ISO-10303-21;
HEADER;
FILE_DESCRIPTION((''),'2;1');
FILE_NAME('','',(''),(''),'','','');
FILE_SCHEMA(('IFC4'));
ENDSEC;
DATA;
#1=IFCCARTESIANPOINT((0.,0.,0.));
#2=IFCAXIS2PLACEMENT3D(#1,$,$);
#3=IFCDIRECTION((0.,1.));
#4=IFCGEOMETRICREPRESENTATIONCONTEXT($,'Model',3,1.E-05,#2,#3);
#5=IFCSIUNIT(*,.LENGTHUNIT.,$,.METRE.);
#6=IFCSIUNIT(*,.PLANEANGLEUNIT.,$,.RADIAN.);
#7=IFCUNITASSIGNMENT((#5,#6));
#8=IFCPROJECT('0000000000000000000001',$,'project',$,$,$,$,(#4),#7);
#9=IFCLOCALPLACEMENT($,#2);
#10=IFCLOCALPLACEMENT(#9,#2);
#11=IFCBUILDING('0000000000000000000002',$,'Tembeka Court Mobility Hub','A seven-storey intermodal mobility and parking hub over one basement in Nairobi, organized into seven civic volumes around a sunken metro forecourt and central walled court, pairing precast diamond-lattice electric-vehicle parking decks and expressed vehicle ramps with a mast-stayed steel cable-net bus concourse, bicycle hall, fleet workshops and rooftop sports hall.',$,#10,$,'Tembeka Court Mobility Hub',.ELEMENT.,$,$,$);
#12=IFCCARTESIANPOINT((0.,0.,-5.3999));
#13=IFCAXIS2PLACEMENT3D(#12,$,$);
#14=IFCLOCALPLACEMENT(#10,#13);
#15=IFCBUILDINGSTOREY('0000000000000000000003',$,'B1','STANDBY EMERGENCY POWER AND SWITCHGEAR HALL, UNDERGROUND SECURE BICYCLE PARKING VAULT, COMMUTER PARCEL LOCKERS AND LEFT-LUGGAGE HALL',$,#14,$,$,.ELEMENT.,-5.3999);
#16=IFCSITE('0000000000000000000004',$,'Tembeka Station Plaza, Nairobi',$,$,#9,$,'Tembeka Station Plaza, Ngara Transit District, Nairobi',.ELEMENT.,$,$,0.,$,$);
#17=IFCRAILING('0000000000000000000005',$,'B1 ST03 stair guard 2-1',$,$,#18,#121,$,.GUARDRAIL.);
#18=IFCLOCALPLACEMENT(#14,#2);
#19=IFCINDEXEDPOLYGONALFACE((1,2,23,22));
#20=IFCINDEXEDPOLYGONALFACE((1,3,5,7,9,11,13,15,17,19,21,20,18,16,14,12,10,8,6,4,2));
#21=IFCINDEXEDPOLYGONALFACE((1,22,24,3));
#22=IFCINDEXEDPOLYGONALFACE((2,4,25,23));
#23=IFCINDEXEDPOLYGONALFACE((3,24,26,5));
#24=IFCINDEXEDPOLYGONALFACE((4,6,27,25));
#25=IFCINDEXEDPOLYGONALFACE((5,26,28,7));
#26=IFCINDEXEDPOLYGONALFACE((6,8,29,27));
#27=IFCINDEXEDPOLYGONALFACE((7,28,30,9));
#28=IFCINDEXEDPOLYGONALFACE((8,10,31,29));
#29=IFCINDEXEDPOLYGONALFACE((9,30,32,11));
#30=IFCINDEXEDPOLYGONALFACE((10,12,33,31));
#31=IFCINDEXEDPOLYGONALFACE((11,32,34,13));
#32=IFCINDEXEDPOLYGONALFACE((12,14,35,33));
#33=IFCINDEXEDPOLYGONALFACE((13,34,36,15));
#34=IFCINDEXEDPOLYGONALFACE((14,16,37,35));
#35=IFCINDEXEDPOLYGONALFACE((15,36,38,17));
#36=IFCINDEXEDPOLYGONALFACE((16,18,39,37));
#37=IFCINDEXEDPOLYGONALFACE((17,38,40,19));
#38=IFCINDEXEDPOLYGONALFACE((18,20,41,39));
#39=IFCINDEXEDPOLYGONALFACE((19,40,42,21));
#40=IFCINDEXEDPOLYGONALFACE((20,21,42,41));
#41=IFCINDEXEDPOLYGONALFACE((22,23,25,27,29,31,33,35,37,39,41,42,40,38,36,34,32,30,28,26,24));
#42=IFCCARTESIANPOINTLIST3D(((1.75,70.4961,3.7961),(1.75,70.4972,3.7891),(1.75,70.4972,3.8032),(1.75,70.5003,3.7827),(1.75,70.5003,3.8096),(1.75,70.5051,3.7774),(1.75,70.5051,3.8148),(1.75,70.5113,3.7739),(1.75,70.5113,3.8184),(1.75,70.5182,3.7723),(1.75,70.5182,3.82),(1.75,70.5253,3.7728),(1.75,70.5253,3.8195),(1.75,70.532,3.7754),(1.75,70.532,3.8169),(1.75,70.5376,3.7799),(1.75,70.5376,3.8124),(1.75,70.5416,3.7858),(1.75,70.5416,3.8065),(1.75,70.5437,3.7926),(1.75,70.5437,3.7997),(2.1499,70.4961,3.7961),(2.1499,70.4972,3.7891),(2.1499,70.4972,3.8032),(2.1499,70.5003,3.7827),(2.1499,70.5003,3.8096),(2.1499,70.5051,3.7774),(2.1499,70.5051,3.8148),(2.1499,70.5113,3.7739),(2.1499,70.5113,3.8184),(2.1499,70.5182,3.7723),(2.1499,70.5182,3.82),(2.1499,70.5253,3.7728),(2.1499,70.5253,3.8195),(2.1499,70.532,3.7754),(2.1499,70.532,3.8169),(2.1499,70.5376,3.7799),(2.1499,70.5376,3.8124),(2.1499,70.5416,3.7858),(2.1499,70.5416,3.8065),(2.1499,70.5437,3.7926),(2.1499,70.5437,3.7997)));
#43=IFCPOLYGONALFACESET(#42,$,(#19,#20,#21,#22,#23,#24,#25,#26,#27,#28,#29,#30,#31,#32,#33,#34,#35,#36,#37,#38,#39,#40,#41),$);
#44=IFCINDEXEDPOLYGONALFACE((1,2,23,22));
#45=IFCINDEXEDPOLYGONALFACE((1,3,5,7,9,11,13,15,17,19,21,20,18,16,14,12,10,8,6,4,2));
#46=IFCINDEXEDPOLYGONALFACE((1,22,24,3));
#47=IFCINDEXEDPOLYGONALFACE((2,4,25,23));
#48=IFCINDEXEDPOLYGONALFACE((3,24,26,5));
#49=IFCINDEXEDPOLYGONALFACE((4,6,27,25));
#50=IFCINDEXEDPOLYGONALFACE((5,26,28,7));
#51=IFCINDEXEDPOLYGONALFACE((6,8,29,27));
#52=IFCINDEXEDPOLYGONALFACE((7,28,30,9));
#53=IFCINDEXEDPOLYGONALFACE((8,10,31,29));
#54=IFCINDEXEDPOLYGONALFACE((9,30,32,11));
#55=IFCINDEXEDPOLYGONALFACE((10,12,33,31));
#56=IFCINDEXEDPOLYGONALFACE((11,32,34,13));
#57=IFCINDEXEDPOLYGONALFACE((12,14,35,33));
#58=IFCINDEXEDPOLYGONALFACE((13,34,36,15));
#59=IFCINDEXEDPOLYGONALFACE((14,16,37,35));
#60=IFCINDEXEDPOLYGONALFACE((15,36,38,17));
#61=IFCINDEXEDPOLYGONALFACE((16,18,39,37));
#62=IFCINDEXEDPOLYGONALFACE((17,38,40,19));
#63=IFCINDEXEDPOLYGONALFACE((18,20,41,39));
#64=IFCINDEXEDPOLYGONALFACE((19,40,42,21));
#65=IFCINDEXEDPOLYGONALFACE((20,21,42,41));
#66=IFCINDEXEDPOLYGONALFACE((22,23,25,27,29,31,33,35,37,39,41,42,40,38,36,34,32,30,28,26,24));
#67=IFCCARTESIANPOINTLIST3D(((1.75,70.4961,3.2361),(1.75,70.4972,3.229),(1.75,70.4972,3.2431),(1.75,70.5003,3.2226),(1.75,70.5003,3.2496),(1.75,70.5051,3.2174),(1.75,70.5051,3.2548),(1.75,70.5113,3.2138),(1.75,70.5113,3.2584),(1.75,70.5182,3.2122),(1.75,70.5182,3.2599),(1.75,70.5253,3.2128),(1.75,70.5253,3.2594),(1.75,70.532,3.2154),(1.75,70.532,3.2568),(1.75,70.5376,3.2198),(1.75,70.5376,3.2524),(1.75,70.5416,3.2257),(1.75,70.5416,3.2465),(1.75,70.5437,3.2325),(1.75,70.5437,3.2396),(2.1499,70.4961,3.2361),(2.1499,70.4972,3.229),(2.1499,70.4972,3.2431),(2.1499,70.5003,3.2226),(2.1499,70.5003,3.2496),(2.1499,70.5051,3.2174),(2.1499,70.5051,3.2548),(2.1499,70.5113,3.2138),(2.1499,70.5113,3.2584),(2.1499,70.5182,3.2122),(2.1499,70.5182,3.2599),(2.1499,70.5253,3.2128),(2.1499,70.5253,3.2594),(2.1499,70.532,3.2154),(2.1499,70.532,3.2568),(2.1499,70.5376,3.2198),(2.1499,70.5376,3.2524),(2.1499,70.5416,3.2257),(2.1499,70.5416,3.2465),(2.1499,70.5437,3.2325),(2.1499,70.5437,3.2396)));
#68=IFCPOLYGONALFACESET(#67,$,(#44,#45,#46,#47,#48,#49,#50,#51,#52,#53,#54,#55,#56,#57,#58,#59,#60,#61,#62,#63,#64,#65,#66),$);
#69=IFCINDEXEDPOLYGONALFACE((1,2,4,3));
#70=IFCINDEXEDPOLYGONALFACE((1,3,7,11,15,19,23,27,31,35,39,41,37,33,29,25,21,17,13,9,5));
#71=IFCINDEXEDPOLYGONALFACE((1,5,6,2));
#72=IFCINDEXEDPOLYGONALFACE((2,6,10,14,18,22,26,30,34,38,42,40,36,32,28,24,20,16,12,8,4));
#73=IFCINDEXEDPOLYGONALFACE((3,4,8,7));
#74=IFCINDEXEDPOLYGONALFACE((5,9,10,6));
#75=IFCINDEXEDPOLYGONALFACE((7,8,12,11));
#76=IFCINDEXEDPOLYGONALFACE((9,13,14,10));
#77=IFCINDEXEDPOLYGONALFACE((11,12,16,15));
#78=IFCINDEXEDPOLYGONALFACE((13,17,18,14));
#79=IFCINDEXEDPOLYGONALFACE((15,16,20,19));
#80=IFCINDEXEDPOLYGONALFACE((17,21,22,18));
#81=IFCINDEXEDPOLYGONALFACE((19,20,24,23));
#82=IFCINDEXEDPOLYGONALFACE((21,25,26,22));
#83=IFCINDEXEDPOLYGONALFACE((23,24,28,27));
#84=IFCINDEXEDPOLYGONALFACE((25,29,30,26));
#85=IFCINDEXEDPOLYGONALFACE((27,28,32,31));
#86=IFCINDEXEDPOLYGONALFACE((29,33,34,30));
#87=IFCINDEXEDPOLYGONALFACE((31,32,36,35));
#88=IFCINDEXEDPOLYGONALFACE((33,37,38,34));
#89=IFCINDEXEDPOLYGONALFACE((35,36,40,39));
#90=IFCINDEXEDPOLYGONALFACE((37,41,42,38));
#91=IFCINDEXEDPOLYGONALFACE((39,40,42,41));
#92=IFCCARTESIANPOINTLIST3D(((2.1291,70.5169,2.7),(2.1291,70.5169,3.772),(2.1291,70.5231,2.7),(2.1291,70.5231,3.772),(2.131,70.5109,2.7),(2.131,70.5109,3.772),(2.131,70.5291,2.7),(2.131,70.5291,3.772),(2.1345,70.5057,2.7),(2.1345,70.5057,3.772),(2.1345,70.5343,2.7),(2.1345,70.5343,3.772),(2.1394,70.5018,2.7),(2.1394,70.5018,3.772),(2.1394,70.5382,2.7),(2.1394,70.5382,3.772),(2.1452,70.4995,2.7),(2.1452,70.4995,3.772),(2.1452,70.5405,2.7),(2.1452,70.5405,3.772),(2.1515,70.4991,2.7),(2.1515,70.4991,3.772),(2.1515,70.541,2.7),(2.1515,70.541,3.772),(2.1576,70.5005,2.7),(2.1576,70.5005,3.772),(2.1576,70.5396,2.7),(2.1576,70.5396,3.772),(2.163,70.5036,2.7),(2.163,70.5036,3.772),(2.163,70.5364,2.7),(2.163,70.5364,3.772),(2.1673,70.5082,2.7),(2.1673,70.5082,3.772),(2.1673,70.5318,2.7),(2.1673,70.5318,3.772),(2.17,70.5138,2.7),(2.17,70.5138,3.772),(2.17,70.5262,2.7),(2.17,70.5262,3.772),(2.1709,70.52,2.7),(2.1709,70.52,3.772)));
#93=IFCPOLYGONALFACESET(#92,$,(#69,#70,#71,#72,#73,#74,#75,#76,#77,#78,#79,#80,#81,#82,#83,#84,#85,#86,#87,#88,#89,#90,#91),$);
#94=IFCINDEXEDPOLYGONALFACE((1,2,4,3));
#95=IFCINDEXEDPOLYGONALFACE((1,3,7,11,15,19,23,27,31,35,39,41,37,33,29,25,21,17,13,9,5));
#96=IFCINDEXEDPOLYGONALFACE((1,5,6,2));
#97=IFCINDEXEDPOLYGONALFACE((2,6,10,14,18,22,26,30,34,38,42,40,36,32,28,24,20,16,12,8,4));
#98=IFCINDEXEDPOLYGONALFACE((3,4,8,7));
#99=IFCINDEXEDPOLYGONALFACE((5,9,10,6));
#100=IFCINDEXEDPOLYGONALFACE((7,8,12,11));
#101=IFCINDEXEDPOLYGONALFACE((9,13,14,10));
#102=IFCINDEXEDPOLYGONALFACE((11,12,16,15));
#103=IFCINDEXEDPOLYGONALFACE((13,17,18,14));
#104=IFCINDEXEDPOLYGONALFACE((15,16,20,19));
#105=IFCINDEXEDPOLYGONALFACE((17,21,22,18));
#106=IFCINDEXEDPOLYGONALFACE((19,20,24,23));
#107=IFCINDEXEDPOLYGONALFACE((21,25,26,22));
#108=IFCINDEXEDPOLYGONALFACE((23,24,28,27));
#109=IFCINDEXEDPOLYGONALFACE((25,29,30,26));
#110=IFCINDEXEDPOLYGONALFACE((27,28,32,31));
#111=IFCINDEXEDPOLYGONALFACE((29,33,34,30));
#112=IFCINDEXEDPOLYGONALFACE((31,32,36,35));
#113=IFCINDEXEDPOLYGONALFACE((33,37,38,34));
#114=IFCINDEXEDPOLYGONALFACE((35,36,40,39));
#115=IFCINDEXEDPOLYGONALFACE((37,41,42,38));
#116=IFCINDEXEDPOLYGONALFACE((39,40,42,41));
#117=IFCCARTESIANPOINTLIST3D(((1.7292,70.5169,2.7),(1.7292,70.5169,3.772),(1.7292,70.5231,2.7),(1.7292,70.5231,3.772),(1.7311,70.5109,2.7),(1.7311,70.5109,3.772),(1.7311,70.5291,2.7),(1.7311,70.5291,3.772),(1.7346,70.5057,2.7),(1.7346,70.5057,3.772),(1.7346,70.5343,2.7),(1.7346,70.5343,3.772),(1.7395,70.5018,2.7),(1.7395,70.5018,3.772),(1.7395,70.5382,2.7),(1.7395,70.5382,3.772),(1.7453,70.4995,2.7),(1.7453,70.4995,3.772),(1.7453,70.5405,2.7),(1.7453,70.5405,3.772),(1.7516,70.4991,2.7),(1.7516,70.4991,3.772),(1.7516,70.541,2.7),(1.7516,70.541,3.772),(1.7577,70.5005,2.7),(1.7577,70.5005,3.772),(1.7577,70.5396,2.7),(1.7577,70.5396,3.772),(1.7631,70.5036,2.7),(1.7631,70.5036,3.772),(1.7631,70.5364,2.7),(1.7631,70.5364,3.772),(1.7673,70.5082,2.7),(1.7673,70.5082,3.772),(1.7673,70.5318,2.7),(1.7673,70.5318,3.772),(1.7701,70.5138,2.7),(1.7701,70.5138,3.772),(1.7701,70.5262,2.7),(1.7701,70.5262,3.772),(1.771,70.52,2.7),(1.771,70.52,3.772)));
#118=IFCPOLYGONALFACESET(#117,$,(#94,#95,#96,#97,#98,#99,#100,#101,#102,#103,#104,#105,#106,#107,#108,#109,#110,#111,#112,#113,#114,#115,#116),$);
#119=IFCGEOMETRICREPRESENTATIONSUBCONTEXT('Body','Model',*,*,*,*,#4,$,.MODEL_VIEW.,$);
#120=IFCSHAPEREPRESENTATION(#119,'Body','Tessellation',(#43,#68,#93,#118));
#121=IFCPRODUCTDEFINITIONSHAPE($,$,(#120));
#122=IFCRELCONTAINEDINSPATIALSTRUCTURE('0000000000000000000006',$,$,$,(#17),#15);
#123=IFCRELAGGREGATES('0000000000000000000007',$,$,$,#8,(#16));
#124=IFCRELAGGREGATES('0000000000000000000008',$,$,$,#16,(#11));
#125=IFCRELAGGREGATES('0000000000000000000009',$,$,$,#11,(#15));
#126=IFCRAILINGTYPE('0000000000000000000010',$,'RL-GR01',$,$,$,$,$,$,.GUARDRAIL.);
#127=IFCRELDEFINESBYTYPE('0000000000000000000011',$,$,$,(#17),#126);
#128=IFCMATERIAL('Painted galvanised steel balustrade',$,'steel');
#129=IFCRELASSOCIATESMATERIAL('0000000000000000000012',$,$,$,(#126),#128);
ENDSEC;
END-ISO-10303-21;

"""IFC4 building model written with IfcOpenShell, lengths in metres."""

from ifc_helpers import new_model, si_unit, direction, frame, origin, origin_2d, place, context, subcontext, project, spatial, circle, extrude, material, type_object, element, save


model = new_model("IFC4")

# Units and contexts
model_context = context("Model", 3, precision=1e-05, world=origin(), true_north=direction((0.0, 1.0)))
body_context = subcontext(model_context, "Body", "Model", "MODEL_VIEW")
ifc_project = project(units=[si_unit("LENGTHUNIT", "METRE"), si_unit("PLANEANGLEUNIT", "RADIAN")], contexts=[model_context])

# Site, building, storey
site_placement = place(None, origin())
site = spatial("IfcSite", under=ifc_project, at=site_placement, Name="Tembeka Station Plaza, Nairobi", LongName="Tembeka Station Plaza, Ngara Transit District, Nairobi", CompositionType="ELEMENT", RefElevation=0.0)
building_placement = place(site_placement, origin())
building = spatial("IfcBuilding", under=site, at=building_placement, Name="Tembeka Court Mobility Hub", Description="A seven-storey intermodal mobility and parking hub over one basement in Nairobi, organized into seven civic volumes around a sunken metro forecourt and central walled court, pairing precast diamond-lattice electric-vehicle parking decks and expressed vehicle ramps with a mast-stayed steel cable-net bus concourse, bicycle hall, fleet workshops and rooftop sports hall.", LongName="Tembeka Court Mobility Hub", CompositionType="ELEMENT")
storey_placement = place(building_placement, frame((0.0, 0.0, -5.3999)))
storey = spatial("IfcBuildingStorey", under=building, at=storey_placement, Name="B1", Description="STANDBY EMERGENCY POWER AND SWITCHGEAR HALL, UNDERGROUND SECURE BICYCLE PARKING VAULT, COMMUTER PARCEL LOCKERS AND LEFT-LUGGAGE HALL", CompositionType="ELEMENT", Elevation=-5.3999)

# Railing
ifc_material_1 = material(Name="Painted galvanised steel balustrade", Category="steel")
railing_type_1 = type_object("IfcRailingType", Name="RL-GR01", PredefinedType="GUARDRAIL", material=ifc_material_1)
railing_1_placement = place(storey_placement, frame((2.1499, 70.52, 2.7)))
element("IfcRailing", 1, at=railing_1_placement, inside=storey, type_object=railing_type_1, Name="B1 ST03 stair guard 2-1", PredefinedType="GUARDRAIL", context=body_context, shape_type="SweptSolid", body=[
    extrude(circle(Radius=0.0239, at=origin_2d()), frame((0.0, 0.0, 1.0962), z_axis=(-1.0, 0.0, 0.0), x_axis=(0.0, -1.0, 0.0)), (0.0, 0.0, 1.0), 0.3999),
    extrude(circle(Radius=0.0239, at=origin_2d()), frame((0.0, 0.0, 0.5361), z_axis=(-1.0, 0.0, 0.0), x_axis=(0.0, -1.0, 0.0)), (0.0, 0.0, 1.0), 0.3999),
    extrude(circle(Radius=0.021, at=origin_2d()), origin(), (0.0, 0.0, 1.0), 1.072),
    extrude(circle(Radius=0.021, at=origin_2d()), frame((-0.3999, 0.0, 0.0)), (0.0, 0.0, 1.0), 1.072),
])

save(model, "model.ifc")
